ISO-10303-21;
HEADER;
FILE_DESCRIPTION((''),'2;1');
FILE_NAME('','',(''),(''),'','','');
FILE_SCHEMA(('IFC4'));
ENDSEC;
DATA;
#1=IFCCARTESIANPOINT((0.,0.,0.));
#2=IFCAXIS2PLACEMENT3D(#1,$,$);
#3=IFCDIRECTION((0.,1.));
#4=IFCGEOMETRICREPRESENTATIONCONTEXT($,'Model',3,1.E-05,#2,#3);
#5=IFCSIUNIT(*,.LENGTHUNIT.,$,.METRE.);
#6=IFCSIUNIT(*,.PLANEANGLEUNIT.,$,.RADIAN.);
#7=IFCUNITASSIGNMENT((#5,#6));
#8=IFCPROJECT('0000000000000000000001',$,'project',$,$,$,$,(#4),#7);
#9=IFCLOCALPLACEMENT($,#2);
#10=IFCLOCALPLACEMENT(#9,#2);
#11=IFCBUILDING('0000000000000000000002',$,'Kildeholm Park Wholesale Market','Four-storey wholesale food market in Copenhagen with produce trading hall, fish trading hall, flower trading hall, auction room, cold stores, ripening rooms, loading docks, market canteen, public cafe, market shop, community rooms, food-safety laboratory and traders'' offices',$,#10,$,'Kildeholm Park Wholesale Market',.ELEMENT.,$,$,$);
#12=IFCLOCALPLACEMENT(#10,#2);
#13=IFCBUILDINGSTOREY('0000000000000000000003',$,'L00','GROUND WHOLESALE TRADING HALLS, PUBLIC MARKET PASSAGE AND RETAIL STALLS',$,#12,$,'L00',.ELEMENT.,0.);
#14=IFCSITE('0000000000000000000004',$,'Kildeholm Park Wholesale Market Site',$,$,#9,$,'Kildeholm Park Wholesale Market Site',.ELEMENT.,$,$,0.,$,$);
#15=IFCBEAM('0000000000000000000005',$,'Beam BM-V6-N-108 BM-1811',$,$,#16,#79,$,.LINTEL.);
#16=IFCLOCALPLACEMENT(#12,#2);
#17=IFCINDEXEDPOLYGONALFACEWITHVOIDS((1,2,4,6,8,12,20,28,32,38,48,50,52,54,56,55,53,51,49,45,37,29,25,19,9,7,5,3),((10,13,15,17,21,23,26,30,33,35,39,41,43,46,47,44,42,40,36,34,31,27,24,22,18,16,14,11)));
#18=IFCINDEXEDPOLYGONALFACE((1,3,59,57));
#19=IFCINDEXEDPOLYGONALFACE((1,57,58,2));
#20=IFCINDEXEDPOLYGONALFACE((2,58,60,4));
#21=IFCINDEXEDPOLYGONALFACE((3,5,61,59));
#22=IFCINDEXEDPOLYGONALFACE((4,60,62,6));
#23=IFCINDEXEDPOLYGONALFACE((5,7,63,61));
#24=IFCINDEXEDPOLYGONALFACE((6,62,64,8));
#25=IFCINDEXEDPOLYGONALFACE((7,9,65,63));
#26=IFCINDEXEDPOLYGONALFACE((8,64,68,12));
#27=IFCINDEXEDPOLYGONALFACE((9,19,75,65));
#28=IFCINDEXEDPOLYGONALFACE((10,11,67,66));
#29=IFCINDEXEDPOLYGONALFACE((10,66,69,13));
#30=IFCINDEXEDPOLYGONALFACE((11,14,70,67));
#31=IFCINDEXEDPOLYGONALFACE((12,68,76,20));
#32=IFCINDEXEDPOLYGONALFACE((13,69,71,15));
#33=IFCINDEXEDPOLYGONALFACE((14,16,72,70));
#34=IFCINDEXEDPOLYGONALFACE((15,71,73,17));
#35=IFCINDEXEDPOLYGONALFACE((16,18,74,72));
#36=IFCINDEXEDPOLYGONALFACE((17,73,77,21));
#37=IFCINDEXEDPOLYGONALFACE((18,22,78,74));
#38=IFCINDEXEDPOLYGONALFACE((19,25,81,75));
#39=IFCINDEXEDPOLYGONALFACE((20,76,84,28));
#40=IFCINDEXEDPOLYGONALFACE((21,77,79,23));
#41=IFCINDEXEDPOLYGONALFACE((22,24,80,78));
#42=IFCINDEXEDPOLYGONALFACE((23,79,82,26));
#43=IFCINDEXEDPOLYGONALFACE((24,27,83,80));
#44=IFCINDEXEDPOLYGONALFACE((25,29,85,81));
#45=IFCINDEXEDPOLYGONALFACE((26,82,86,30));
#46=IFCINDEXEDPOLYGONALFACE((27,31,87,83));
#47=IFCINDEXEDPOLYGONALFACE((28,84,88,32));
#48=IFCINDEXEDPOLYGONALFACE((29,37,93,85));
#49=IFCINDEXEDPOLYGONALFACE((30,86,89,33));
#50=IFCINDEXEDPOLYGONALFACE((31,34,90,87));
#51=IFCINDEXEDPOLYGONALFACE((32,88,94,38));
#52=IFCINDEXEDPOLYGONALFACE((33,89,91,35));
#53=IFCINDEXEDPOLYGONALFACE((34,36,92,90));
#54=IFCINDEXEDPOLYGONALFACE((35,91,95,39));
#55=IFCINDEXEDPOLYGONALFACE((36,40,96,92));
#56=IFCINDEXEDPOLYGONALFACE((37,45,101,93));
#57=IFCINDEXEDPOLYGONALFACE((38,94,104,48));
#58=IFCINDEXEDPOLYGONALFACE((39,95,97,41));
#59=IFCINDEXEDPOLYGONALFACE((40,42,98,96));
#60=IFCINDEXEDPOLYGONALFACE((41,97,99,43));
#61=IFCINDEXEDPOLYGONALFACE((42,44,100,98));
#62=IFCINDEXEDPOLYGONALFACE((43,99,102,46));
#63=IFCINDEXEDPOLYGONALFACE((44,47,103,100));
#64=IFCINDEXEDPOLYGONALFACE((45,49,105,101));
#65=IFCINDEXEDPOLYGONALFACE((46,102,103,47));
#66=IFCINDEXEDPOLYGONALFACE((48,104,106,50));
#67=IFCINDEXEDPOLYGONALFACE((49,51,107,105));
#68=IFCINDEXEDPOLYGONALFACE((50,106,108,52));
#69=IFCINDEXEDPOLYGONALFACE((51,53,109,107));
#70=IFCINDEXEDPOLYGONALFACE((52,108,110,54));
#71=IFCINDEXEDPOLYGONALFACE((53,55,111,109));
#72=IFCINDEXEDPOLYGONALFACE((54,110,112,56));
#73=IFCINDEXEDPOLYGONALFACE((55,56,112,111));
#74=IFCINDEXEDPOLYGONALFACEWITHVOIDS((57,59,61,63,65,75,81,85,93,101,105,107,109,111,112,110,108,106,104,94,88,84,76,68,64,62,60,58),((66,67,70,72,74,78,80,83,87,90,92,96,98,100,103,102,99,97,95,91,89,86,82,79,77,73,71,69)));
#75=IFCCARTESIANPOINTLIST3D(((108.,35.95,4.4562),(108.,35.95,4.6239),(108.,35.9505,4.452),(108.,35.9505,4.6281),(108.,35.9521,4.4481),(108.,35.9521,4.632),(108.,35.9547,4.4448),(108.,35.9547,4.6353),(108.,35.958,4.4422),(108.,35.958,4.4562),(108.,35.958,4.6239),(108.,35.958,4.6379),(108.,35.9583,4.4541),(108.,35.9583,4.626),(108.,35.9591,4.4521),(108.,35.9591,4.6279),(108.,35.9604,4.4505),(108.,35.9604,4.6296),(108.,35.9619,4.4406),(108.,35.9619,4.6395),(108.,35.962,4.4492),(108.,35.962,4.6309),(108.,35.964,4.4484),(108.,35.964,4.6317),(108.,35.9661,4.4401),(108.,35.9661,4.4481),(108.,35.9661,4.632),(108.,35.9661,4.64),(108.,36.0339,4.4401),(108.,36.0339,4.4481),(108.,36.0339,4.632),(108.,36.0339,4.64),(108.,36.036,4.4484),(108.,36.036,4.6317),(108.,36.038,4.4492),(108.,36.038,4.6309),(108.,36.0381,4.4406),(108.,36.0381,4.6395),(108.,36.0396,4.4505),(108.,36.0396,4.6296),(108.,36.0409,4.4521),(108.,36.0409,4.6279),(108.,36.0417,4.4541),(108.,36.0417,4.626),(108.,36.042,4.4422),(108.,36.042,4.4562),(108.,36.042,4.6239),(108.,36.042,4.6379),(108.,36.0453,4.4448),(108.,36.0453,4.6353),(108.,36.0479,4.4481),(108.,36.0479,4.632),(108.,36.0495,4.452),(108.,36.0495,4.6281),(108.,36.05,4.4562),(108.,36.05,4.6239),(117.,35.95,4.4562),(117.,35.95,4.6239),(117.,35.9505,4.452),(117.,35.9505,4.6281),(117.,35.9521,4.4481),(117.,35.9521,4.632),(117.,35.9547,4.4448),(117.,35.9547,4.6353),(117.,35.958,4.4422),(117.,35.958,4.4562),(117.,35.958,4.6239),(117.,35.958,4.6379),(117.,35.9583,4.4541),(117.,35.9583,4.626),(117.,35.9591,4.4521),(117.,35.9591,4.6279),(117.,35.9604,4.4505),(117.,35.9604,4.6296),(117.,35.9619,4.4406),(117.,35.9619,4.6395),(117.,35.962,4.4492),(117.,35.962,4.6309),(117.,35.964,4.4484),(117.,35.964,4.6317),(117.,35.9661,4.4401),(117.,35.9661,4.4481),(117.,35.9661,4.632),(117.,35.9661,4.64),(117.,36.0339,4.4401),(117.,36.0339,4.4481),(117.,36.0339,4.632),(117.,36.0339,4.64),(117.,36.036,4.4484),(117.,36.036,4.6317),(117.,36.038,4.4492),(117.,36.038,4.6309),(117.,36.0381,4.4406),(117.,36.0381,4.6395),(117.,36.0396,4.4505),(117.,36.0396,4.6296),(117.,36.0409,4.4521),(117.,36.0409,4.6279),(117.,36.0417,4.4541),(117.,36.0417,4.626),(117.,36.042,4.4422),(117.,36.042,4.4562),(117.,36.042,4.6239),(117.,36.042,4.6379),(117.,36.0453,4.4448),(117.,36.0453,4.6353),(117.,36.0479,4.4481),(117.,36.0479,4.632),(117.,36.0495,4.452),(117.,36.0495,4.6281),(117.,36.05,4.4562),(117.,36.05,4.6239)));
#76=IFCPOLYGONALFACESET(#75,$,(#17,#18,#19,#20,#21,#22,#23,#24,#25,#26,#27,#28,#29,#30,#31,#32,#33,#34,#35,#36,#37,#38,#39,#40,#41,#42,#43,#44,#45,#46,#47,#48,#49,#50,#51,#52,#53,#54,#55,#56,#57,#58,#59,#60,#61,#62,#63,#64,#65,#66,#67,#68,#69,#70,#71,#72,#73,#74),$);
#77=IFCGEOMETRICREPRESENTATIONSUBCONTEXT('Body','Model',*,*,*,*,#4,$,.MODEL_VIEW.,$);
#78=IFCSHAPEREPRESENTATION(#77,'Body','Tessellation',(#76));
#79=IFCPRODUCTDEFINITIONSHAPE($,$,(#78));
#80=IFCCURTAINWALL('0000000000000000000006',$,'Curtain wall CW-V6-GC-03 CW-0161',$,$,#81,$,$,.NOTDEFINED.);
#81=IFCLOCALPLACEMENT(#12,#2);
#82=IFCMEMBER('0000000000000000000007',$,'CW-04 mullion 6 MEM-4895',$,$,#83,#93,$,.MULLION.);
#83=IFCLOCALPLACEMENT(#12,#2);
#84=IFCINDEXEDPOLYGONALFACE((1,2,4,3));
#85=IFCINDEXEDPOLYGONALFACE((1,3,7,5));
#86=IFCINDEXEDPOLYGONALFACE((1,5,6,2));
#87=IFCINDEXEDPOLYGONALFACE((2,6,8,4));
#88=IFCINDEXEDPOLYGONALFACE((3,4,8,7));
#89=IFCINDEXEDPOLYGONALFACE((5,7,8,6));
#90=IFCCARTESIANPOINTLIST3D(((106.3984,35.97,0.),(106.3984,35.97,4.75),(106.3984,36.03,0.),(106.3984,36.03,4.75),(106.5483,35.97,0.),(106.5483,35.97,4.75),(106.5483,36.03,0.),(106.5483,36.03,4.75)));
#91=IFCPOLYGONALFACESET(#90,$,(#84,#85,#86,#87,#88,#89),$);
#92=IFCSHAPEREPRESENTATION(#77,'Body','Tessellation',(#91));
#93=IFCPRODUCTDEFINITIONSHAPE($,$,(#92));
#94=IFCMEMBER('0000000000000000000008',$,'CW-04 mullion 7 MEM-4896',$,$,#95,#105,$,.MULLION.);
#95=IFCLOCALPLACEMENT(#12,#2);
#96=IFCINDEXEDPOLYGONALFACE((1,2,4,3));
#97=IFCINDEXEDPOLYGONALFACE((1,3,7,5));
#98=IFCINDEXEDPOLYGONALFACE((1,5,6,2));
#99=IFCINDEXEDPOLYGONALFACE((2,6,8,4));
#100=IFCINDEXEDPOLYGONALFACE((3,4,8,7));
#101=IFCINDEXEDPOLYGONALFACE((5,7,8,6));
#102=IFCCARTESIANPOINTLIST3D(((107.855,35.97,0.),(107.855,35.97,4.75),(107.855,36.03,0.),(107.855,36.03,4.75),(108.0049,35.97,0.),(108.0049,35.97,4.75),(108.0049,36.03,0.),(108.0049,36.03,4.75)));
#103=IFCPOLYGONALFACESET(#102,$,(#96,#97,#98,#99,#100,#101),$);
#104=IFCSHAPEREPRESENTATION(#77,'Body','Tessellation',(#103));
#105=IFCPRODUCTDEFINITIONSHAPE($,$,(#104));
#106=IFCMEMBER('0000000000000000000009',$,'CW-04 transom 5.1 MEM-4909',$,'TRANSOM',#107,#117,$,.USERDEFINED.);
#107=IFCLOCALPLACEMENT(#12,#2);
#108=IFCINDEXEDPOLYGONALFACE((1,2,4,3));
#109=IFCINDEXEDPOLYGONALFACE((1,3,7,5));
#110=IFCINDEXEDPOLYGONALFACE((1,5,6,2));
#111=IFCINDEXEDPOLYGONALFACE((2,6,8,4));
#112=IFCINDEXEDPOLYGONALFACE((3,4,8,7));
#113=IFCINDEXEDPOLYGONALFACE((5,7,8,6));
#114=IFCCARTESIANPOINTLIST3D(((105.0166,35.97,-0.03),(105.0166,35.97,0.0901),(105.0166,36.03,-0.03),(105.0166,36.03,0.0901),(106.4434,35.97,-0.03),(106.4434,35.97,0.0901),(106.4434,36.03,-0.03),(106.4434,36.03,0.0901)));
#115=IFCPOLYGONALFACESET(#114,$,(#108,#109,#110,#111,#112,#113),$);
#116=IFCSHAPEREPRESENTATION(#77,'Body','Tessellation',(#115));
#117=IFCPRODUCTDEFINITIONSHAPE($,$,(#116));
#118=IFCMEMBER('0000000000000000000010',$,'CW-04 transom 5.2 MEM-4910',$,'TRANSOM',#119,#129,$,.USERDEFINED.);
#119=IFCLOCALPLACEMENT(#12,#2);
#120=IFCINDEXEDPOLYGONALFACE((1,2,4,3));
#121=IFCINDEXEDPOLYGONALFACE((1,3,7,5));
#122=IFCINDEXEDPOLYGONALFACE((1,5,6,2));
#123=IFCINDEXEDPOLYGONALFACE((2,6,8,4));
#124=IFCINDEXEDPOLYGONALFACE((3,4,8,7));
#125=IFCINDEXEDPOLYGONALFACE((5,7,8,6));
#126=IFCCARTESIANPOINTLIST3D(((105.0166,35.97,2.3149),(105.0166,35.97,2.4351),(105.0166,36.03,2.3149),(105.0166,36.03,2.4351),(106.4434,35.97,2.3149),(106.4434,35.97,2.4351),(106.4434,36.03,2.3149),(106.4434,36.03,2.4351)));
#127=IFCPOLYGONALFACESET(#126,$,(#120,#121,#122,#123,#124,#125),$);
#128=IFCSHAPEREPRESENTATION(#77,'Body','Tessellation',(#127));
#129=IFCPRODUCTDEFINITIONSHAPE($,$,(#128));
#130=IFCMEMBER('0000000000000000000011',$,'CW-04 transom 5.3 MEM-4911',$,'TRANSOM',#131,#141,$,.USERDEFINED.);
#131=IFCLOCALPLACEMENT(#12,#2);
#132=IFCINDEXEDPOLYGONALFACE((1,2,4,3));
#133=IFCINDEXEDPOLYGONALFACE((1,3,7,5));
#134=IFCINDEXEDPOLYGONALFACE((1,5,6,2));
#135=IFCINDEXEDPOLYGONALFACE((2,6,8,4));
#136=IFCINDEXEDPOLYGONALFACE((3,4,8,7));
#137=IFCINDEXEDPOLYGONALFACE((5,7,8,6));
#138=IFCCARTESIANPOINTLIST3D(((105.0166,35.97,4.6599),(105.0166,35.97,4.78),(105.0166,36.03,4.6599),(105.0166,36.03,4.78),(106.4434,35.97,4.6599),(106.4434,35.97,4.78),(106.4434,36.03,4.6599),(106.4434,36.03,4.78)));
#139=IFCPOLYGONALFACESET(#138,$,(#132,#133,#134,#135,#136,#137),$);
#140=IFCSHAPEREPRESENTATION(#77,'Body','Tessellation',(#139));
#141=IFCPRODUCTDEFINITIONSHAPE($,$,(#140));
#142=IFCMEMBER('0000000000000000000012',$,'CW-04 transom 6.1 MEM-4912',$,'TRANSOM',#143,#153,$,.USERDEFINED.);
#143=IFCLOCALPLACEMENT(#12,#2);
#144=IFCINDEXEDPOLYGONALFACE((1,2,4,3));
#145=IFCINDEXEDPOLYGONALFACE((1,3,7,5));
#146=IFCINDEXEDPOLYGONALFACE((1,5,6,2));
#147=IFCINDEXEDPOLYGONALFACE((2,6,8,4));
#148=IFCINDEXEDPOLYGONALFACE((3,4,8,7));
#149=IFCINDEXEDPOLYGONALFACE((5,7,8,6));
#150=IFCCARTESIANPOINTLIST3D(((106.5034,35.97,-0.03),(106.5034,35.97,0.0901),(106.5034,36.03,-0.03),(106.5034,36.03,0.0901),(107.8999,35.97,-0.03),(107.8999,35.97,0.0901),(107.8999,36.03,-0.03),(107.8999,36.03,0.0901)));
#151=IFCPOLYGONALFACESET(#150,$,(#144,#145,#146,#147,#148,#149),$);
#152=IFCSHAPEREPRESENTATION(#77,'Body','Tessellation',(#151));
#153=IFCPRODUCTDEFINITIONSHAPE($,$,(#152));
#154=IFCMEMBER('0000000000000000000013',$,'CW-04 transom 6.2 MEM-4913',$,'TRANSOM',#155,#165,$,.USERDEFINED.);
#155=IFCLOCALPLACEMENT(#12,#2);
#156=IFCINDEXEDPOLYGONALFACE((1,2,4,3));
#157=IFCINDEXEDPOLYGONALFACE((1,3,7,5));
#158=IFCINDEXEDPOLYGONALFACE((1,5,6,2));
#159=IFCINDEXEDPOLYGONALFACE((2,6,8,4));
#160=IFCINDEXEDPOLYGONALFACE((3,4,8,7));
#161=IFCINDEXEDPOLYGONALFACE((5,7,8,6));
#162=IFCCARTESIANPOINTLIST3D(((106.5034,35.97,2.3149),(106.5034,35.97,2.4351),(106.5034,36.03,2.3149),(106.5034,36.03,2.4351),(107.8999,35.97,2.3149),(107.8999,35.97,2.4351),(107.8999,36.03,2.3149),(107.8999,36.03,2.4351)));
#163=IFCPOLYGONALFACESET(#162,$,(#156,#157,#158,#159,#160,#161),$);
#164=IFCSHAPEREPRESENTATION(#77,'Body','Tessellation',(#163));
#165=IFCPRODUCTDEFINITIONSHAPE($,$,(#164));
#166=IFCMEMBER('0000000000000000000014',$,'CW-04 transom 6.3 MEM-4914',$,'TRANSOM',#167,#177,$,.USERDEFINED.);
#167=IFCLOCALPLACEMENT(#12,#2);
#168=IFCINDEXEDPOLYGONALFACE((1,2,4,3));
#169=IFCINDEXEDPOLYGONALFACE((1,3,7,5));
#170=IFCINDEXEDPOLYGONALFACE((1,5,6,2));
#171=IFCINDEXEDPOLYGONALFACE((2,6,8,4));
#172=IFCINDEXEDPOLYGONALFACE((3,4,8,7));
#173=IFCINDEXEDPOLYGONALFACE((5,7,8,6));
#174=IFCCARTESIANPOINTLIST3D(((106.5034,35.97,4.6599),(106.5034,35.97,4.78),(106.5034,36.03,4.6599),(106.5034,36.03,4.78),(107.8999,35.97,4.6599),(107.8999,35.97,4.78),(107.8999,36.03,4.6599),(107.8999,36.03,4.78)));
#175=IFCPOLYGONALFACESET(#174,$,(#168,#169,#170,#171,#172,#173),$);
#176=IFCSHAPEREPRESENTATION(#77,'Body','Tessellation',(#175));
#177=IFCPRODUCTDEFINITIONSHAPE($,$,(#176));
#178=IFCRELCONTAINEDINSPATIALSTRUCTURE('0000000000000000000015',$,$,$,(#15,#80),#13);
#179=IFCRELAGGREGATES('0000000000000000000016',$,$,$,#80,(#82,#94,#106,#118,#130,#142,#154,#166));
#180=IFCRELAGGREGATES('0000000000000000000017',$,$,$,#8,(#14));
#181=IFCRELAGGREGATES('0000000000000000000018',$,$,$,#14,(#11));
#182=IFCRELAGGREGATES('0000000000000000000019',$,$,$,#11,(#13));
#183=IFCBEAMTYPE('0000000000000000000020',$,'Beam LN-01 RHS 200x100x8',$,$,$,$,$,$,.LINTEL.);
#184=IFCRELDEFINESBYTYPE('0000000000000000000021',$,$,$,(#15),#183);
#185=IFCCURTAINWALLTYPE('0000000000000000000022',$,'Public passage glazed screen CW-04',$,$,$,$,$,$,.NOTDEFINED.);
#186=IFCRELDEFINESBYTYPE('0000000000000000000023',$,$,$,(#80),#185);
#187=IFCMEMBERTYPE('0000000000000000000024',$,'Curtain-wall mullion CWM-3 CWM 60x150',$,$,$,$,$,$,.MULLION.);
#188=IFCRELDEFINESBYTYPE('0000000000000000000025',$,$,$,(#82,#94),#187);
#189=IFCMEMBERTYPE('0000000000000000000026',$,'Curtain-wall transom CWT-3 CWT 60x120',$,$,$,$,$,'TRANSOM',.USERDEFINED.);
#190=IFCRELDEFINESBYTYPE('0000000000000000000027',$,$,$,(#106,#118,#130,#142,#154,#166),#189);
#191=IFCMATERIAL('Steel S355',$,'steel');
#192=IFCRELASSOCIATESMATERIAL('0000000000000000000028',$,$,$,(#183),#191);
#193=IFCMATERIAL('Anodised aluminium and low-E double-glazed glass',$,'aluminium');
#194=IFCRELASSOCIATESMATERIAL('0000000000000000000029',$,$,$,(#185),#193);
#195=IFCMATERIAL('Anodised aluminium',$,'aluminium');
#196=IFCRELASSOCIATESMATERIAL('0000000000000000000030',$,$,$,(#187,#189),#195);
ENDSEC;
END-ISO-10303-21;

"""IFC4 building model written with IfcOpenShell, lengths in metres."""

from ifc_helpers import new_model, si_unit, direction, frame, origin, origin_2d, place, context, subcontext, project, spatial, rectangle, hollow_rectangle, extrude, material, material_profile, profile_set, type_object, element, aggregate, save


model = new_model("IFC4")

# Units and contexts
model_context = context("Model", 3, precision=1e-05, world=origin(), true_north=direction((0.0, 1.0)))
body_context = subcontext(model_context, "Body", "Model", "MODEL_VIEW")
ifc_project = project(units=[si_unit("LENGTHUNIT", "METRE"), si_unit("PLANEANGLEUNIT", "RADIAN")], contexts=[model_context])

# Site, building, storey
site_placement = place(None, origin())
site = spatial("IfcSite", under=ifc_project, at=site_placement, Name="Kildeholm Park Wholesale Market Site", LongName="Kildeholm Park Wholesale Market Site", CompositionType="ELEMENT", RefElevation=0.0)
building_placement = place(site_placement, origin())
building = spatial("IfcBuilding", under=site, at=building_placement, Name="Kildeholm Park Wholesale Market", Description="Four-storey wholesale food market in Copenhagen with produce trading hall, fish trading hall, flower trading hall, auction room, cold stores, ripening rooms, loading docks, market canteen, public cafe, market shop, community rooms, food-safety laboratory and traders' offices", LongName="Kildeholm Park Wholesale Market", CompositionType="ELEMENT")
storey_placement = place(building_placement, origin())
storey = spatial("IfcBuildingStorey", under=building, at=storey_placement, Name="L00", Description="GROUND WHOLESALE TRADING HALLS, PUBLIC MARKET PASSAGE AND RETAIL STALLS", LongName="L00", CompositionType="ELEMENT", Elevation=0.0)

# Shared definitions
ifc_material_1 = material(Name="Steel S355", Category="steel")

# Beam
ifc_material_profile_1 = material_profile(ifc_material_1, hollow_rectangle(XDim=0.1001, YDim=0.2, WallThickness=0.0081, InnerFilletRadius=0.0081, OuterFilletRadius=0.0161, at=origin_2d()), Name="RHS 200x100x8")
ifc_profile_set_1 = profile_set([ifc_material_profile_1], Name="Steel S355")
beam_type = type_object("IfcBeamType", Name="Beam LN-01 RHS 200x100x8", PredefinedType="LINTEL", material=ifc_profile_set_1)
beam_placement = place(storey_placement, frame((108.0, 36.0, 4.54), z_axis=(1.0, 0.0, 0.0), x_axis=(0.0, 1.0, 0.0)))
element("IfcBeam", 1, at=beam_placement, inside=storey, type_object=beam_type, Name="Beam BM-V6-N-108 BM-1811", PredefinedType="LINTEL", context=body_context, shape_type="SweptSolid", body=[
    extrude(hollow_rectangle(XDim=0.1001, YDim=0.2, WallThickness=0.0081, InnerFilletRadius=0.0081, OuterFilletRadius=0.0161, at=origin_2d()), origin(), (0.0, 0.0, 1.0), 9.0),
])

# Curtain wall, members
ifc_material_2 = material(Name="Anodised aluminium and low-E double-glazed glass", Category="aluminium")
curtain_wall_type = type_object("IfcCurtainWallType", Name="Public passage glazed screen CW-04", PredefinedType="NOTDEFINED", material=ifc_material_2)
curtain_wall_placement = place(storey_placement, origin())
curtain_wall = element("IfcCurtainWall", 2, at=curtain_wall_placement, inside=storey, type_object=curtain_wall_type, Name="Curtain wall CW-V6-GC-03 CW-0161", PredefinedType="NOTDEFINED")
ifc_material_3 = material(Name="Anodised aluminium", Category="aluminium")
ifc_material_profile_2 = material_profile(ifc_material_3, rectangle(XDim=0.0601, YDim=0.1499, at=origin_2d()), Name="CWM 60x150")
ifc_profile_set_2 = profile_set([ifc_material_profile_2], Name="Anodised aluminium")
member_type_1 = type_object("IfcMemberType", Name="Curtain-wall mullion CWM-3 CWM 60x150", PredefinedType="MULLION", material=ifc_profile_set_2)
member_1_placement = place(storey_placement, frame((106.4734, 36.0, 0.0), z_axis=(0.0, 0.0, 1.0), x_axis=(0.0, 1.0, 0.0)))
member_1 = element("IfcMember", 3, at=member_1_placement, type_object=member_type_1, Name="CW-04 mullion 6 MEM-4895", PredefinedType="MULLION", context=body_context, shape_type="SweptSolid", body=[
    extrude(rectangle(XDim=0.0601, YDim=0.1499, at=origin_2d()), origin(), (0.0, 0.0, 1.0), 4.75),
])
member_2_placement = place(storey_placement, frame((107.9299, 36.0, 0.0), z_axis=(0.0, 0.0, 1.0), x_axis=(0.0, 1.0, 0.0)))
member_2 = element("IfcMember", 4, at=member_2_placement, type_object=member_type_1, Name="CW-04 mullion 7 MEM-4896", PredefinedType="MULLION", context=body_context, shape_type="SweptSolid", body=[
    extrude(rectangle(XDim=0.0601, YDim=0.1499, at=origin_2d()), origin(), (0.0, 0.0, 1.0), 4.75),
])
ifc_material_profile_3 = material_profile(ifc_material_3, rectangle(XDim=0.0601, YDim=0.1201, at=origin_2d()), Name="CWT 60x120")
ifc_profile_set_3 = profile_set([ifc_material_profile_3], Name="Anodised aluminium")
member_type_2 = type_object("IfcMemberType", Name="Curtain-wall transom CWT-3 CWT 60x120", ElementType="TRANSOM", PredefinedType="USERDEFINED", material=ifc_profile_set_3)
member_3_placement = place(storey_placement, frame((105.0166, 36.0, 0.03), z_axis=(1.0, 0.0, 0.0), x_axis=(0.0, 1.0, 0.0)))
member_3 = element("IfcMember", 5, at=member_3_placement, type_object=member_type_2, Name="CW-04 transom 5.1 MEM-4909", ObjectType="TRANSOM", PredefinedType="USERDEFINED", context=body_context, shape_type="SweptSolid", body=[
    extrude(rectangle(XDim=0.0601, YDim=0.1201, at=origin_2d()), origin(), (0.0, 0.0, 1.0), 1.4268),
])
member_4_placement = place(storey_placement, frame((105.0166, 36.0, 2.375), z_axis=(1.0, 0.0, 0.0), x_axis=(0.0, 1.0, 0.0)))
member_4 = element("IfcMember", 6, at=member_4_placement, type_object=member_type_2, Name="CW-04 transom 5.2 MEM-4910", ObjectType="TRANSOM", PredefinedType="USERDEFINED", context=body_context, shape_type="SweptSolid", body=[
    extrude(rectangle(XDim=0.0601, YDim=0.1201, at=origin_2d()), origin(), (0.0, 0.0, 1.0), 1.4268),
])
member_5_placement = place(storey_placement, frame((105.0166, 36.0, 4.72), z_axis=(1.0, 0.0, 0.0), x_axis=(0.0, 1.0, 0.0)))
member_5 = element("IfcMember", 7, at=member_5_placement, type_object=member_type_2, Name="CW-04 transom 5.3 MEM-4911", ObjectType="TRANSOM", PredefinedType="USERDEFINED", context=body_context, shape_type="SweptSolid", body=[
    extrude(rectangle(XDim=0.0601, YDim=0.1201, at=origin_2d()), origin(), (0.0, 0.0, 1.0), 1.4268),
])
member_6_placement = place(storey_placement, frame((106.5034, 36.0, 0.03), z_axis=(1.0, 0.0, 0.0), x_axis=(0.0, 1.0, 0.0)))
member_6 = element("IfcMember", 8, at=member_6_placement, type_object=member_type_2, Name="CW-04 transom 6.1 MEM-4912", ObjectType="TRANSOM", PredefinedType="USERDEFINED", context=body_context, shape_type="SweptSolid", body=[
    extrude(rectangle(XDim=0.0601, YDim=0.1201, at=origin_2d()), origin(), (0.0, 0.0, 1.0), 1.3965),
])
member_7_placement = place(storey_placement, frame((106.5034, 36.0, 2.375), z_axis=(1.0, 0.0, 0.0), x_axis=(0.0, 1.0, 0.0)))
member_7 = element("IfcMember", 9, at=member_7_placement, type_object=member_type_2, Name="CW-04 transom 6.2 MEM-4913", ObjectType="TRANSOM", PredefinedType="USERDEFINED", context=body_context, shape_type="SweptSolid", body=[
    extrude(rectangle(XDim=0.0601, YDim=0.1201, at=origin_2d()), origin(), (0.0, 0.0, 1.0), 1.3965),
])
member_8_placement = place(storey_placement, frame((106.5034, 36.0, 4.72), z_axis=(1.0, 0.0, 0.0), x_axis=(0.0, 1.0, 0.0)))
member_8 = element("IfcMember", 10, at=member_8_placement, type_object=member_type_2, Name="CW-04 transom 6.3 MEM-4914", ObjectType="TRANSOM", PredefinedType="USERDEFINED", context=body_context, shape_type="SweptSolid", body=[
    extrude(rectangle(XDim=0.0601, YDim=0.1201, at=origin_2d()), origin(), (0.0, 0.0, 1.0), 1.3965),
])

aggregate(curtain_wall, [member_1, member_2, member_3, member_4, member_5, member_6, member_7, member_8])

save(model, "model.ifc")
